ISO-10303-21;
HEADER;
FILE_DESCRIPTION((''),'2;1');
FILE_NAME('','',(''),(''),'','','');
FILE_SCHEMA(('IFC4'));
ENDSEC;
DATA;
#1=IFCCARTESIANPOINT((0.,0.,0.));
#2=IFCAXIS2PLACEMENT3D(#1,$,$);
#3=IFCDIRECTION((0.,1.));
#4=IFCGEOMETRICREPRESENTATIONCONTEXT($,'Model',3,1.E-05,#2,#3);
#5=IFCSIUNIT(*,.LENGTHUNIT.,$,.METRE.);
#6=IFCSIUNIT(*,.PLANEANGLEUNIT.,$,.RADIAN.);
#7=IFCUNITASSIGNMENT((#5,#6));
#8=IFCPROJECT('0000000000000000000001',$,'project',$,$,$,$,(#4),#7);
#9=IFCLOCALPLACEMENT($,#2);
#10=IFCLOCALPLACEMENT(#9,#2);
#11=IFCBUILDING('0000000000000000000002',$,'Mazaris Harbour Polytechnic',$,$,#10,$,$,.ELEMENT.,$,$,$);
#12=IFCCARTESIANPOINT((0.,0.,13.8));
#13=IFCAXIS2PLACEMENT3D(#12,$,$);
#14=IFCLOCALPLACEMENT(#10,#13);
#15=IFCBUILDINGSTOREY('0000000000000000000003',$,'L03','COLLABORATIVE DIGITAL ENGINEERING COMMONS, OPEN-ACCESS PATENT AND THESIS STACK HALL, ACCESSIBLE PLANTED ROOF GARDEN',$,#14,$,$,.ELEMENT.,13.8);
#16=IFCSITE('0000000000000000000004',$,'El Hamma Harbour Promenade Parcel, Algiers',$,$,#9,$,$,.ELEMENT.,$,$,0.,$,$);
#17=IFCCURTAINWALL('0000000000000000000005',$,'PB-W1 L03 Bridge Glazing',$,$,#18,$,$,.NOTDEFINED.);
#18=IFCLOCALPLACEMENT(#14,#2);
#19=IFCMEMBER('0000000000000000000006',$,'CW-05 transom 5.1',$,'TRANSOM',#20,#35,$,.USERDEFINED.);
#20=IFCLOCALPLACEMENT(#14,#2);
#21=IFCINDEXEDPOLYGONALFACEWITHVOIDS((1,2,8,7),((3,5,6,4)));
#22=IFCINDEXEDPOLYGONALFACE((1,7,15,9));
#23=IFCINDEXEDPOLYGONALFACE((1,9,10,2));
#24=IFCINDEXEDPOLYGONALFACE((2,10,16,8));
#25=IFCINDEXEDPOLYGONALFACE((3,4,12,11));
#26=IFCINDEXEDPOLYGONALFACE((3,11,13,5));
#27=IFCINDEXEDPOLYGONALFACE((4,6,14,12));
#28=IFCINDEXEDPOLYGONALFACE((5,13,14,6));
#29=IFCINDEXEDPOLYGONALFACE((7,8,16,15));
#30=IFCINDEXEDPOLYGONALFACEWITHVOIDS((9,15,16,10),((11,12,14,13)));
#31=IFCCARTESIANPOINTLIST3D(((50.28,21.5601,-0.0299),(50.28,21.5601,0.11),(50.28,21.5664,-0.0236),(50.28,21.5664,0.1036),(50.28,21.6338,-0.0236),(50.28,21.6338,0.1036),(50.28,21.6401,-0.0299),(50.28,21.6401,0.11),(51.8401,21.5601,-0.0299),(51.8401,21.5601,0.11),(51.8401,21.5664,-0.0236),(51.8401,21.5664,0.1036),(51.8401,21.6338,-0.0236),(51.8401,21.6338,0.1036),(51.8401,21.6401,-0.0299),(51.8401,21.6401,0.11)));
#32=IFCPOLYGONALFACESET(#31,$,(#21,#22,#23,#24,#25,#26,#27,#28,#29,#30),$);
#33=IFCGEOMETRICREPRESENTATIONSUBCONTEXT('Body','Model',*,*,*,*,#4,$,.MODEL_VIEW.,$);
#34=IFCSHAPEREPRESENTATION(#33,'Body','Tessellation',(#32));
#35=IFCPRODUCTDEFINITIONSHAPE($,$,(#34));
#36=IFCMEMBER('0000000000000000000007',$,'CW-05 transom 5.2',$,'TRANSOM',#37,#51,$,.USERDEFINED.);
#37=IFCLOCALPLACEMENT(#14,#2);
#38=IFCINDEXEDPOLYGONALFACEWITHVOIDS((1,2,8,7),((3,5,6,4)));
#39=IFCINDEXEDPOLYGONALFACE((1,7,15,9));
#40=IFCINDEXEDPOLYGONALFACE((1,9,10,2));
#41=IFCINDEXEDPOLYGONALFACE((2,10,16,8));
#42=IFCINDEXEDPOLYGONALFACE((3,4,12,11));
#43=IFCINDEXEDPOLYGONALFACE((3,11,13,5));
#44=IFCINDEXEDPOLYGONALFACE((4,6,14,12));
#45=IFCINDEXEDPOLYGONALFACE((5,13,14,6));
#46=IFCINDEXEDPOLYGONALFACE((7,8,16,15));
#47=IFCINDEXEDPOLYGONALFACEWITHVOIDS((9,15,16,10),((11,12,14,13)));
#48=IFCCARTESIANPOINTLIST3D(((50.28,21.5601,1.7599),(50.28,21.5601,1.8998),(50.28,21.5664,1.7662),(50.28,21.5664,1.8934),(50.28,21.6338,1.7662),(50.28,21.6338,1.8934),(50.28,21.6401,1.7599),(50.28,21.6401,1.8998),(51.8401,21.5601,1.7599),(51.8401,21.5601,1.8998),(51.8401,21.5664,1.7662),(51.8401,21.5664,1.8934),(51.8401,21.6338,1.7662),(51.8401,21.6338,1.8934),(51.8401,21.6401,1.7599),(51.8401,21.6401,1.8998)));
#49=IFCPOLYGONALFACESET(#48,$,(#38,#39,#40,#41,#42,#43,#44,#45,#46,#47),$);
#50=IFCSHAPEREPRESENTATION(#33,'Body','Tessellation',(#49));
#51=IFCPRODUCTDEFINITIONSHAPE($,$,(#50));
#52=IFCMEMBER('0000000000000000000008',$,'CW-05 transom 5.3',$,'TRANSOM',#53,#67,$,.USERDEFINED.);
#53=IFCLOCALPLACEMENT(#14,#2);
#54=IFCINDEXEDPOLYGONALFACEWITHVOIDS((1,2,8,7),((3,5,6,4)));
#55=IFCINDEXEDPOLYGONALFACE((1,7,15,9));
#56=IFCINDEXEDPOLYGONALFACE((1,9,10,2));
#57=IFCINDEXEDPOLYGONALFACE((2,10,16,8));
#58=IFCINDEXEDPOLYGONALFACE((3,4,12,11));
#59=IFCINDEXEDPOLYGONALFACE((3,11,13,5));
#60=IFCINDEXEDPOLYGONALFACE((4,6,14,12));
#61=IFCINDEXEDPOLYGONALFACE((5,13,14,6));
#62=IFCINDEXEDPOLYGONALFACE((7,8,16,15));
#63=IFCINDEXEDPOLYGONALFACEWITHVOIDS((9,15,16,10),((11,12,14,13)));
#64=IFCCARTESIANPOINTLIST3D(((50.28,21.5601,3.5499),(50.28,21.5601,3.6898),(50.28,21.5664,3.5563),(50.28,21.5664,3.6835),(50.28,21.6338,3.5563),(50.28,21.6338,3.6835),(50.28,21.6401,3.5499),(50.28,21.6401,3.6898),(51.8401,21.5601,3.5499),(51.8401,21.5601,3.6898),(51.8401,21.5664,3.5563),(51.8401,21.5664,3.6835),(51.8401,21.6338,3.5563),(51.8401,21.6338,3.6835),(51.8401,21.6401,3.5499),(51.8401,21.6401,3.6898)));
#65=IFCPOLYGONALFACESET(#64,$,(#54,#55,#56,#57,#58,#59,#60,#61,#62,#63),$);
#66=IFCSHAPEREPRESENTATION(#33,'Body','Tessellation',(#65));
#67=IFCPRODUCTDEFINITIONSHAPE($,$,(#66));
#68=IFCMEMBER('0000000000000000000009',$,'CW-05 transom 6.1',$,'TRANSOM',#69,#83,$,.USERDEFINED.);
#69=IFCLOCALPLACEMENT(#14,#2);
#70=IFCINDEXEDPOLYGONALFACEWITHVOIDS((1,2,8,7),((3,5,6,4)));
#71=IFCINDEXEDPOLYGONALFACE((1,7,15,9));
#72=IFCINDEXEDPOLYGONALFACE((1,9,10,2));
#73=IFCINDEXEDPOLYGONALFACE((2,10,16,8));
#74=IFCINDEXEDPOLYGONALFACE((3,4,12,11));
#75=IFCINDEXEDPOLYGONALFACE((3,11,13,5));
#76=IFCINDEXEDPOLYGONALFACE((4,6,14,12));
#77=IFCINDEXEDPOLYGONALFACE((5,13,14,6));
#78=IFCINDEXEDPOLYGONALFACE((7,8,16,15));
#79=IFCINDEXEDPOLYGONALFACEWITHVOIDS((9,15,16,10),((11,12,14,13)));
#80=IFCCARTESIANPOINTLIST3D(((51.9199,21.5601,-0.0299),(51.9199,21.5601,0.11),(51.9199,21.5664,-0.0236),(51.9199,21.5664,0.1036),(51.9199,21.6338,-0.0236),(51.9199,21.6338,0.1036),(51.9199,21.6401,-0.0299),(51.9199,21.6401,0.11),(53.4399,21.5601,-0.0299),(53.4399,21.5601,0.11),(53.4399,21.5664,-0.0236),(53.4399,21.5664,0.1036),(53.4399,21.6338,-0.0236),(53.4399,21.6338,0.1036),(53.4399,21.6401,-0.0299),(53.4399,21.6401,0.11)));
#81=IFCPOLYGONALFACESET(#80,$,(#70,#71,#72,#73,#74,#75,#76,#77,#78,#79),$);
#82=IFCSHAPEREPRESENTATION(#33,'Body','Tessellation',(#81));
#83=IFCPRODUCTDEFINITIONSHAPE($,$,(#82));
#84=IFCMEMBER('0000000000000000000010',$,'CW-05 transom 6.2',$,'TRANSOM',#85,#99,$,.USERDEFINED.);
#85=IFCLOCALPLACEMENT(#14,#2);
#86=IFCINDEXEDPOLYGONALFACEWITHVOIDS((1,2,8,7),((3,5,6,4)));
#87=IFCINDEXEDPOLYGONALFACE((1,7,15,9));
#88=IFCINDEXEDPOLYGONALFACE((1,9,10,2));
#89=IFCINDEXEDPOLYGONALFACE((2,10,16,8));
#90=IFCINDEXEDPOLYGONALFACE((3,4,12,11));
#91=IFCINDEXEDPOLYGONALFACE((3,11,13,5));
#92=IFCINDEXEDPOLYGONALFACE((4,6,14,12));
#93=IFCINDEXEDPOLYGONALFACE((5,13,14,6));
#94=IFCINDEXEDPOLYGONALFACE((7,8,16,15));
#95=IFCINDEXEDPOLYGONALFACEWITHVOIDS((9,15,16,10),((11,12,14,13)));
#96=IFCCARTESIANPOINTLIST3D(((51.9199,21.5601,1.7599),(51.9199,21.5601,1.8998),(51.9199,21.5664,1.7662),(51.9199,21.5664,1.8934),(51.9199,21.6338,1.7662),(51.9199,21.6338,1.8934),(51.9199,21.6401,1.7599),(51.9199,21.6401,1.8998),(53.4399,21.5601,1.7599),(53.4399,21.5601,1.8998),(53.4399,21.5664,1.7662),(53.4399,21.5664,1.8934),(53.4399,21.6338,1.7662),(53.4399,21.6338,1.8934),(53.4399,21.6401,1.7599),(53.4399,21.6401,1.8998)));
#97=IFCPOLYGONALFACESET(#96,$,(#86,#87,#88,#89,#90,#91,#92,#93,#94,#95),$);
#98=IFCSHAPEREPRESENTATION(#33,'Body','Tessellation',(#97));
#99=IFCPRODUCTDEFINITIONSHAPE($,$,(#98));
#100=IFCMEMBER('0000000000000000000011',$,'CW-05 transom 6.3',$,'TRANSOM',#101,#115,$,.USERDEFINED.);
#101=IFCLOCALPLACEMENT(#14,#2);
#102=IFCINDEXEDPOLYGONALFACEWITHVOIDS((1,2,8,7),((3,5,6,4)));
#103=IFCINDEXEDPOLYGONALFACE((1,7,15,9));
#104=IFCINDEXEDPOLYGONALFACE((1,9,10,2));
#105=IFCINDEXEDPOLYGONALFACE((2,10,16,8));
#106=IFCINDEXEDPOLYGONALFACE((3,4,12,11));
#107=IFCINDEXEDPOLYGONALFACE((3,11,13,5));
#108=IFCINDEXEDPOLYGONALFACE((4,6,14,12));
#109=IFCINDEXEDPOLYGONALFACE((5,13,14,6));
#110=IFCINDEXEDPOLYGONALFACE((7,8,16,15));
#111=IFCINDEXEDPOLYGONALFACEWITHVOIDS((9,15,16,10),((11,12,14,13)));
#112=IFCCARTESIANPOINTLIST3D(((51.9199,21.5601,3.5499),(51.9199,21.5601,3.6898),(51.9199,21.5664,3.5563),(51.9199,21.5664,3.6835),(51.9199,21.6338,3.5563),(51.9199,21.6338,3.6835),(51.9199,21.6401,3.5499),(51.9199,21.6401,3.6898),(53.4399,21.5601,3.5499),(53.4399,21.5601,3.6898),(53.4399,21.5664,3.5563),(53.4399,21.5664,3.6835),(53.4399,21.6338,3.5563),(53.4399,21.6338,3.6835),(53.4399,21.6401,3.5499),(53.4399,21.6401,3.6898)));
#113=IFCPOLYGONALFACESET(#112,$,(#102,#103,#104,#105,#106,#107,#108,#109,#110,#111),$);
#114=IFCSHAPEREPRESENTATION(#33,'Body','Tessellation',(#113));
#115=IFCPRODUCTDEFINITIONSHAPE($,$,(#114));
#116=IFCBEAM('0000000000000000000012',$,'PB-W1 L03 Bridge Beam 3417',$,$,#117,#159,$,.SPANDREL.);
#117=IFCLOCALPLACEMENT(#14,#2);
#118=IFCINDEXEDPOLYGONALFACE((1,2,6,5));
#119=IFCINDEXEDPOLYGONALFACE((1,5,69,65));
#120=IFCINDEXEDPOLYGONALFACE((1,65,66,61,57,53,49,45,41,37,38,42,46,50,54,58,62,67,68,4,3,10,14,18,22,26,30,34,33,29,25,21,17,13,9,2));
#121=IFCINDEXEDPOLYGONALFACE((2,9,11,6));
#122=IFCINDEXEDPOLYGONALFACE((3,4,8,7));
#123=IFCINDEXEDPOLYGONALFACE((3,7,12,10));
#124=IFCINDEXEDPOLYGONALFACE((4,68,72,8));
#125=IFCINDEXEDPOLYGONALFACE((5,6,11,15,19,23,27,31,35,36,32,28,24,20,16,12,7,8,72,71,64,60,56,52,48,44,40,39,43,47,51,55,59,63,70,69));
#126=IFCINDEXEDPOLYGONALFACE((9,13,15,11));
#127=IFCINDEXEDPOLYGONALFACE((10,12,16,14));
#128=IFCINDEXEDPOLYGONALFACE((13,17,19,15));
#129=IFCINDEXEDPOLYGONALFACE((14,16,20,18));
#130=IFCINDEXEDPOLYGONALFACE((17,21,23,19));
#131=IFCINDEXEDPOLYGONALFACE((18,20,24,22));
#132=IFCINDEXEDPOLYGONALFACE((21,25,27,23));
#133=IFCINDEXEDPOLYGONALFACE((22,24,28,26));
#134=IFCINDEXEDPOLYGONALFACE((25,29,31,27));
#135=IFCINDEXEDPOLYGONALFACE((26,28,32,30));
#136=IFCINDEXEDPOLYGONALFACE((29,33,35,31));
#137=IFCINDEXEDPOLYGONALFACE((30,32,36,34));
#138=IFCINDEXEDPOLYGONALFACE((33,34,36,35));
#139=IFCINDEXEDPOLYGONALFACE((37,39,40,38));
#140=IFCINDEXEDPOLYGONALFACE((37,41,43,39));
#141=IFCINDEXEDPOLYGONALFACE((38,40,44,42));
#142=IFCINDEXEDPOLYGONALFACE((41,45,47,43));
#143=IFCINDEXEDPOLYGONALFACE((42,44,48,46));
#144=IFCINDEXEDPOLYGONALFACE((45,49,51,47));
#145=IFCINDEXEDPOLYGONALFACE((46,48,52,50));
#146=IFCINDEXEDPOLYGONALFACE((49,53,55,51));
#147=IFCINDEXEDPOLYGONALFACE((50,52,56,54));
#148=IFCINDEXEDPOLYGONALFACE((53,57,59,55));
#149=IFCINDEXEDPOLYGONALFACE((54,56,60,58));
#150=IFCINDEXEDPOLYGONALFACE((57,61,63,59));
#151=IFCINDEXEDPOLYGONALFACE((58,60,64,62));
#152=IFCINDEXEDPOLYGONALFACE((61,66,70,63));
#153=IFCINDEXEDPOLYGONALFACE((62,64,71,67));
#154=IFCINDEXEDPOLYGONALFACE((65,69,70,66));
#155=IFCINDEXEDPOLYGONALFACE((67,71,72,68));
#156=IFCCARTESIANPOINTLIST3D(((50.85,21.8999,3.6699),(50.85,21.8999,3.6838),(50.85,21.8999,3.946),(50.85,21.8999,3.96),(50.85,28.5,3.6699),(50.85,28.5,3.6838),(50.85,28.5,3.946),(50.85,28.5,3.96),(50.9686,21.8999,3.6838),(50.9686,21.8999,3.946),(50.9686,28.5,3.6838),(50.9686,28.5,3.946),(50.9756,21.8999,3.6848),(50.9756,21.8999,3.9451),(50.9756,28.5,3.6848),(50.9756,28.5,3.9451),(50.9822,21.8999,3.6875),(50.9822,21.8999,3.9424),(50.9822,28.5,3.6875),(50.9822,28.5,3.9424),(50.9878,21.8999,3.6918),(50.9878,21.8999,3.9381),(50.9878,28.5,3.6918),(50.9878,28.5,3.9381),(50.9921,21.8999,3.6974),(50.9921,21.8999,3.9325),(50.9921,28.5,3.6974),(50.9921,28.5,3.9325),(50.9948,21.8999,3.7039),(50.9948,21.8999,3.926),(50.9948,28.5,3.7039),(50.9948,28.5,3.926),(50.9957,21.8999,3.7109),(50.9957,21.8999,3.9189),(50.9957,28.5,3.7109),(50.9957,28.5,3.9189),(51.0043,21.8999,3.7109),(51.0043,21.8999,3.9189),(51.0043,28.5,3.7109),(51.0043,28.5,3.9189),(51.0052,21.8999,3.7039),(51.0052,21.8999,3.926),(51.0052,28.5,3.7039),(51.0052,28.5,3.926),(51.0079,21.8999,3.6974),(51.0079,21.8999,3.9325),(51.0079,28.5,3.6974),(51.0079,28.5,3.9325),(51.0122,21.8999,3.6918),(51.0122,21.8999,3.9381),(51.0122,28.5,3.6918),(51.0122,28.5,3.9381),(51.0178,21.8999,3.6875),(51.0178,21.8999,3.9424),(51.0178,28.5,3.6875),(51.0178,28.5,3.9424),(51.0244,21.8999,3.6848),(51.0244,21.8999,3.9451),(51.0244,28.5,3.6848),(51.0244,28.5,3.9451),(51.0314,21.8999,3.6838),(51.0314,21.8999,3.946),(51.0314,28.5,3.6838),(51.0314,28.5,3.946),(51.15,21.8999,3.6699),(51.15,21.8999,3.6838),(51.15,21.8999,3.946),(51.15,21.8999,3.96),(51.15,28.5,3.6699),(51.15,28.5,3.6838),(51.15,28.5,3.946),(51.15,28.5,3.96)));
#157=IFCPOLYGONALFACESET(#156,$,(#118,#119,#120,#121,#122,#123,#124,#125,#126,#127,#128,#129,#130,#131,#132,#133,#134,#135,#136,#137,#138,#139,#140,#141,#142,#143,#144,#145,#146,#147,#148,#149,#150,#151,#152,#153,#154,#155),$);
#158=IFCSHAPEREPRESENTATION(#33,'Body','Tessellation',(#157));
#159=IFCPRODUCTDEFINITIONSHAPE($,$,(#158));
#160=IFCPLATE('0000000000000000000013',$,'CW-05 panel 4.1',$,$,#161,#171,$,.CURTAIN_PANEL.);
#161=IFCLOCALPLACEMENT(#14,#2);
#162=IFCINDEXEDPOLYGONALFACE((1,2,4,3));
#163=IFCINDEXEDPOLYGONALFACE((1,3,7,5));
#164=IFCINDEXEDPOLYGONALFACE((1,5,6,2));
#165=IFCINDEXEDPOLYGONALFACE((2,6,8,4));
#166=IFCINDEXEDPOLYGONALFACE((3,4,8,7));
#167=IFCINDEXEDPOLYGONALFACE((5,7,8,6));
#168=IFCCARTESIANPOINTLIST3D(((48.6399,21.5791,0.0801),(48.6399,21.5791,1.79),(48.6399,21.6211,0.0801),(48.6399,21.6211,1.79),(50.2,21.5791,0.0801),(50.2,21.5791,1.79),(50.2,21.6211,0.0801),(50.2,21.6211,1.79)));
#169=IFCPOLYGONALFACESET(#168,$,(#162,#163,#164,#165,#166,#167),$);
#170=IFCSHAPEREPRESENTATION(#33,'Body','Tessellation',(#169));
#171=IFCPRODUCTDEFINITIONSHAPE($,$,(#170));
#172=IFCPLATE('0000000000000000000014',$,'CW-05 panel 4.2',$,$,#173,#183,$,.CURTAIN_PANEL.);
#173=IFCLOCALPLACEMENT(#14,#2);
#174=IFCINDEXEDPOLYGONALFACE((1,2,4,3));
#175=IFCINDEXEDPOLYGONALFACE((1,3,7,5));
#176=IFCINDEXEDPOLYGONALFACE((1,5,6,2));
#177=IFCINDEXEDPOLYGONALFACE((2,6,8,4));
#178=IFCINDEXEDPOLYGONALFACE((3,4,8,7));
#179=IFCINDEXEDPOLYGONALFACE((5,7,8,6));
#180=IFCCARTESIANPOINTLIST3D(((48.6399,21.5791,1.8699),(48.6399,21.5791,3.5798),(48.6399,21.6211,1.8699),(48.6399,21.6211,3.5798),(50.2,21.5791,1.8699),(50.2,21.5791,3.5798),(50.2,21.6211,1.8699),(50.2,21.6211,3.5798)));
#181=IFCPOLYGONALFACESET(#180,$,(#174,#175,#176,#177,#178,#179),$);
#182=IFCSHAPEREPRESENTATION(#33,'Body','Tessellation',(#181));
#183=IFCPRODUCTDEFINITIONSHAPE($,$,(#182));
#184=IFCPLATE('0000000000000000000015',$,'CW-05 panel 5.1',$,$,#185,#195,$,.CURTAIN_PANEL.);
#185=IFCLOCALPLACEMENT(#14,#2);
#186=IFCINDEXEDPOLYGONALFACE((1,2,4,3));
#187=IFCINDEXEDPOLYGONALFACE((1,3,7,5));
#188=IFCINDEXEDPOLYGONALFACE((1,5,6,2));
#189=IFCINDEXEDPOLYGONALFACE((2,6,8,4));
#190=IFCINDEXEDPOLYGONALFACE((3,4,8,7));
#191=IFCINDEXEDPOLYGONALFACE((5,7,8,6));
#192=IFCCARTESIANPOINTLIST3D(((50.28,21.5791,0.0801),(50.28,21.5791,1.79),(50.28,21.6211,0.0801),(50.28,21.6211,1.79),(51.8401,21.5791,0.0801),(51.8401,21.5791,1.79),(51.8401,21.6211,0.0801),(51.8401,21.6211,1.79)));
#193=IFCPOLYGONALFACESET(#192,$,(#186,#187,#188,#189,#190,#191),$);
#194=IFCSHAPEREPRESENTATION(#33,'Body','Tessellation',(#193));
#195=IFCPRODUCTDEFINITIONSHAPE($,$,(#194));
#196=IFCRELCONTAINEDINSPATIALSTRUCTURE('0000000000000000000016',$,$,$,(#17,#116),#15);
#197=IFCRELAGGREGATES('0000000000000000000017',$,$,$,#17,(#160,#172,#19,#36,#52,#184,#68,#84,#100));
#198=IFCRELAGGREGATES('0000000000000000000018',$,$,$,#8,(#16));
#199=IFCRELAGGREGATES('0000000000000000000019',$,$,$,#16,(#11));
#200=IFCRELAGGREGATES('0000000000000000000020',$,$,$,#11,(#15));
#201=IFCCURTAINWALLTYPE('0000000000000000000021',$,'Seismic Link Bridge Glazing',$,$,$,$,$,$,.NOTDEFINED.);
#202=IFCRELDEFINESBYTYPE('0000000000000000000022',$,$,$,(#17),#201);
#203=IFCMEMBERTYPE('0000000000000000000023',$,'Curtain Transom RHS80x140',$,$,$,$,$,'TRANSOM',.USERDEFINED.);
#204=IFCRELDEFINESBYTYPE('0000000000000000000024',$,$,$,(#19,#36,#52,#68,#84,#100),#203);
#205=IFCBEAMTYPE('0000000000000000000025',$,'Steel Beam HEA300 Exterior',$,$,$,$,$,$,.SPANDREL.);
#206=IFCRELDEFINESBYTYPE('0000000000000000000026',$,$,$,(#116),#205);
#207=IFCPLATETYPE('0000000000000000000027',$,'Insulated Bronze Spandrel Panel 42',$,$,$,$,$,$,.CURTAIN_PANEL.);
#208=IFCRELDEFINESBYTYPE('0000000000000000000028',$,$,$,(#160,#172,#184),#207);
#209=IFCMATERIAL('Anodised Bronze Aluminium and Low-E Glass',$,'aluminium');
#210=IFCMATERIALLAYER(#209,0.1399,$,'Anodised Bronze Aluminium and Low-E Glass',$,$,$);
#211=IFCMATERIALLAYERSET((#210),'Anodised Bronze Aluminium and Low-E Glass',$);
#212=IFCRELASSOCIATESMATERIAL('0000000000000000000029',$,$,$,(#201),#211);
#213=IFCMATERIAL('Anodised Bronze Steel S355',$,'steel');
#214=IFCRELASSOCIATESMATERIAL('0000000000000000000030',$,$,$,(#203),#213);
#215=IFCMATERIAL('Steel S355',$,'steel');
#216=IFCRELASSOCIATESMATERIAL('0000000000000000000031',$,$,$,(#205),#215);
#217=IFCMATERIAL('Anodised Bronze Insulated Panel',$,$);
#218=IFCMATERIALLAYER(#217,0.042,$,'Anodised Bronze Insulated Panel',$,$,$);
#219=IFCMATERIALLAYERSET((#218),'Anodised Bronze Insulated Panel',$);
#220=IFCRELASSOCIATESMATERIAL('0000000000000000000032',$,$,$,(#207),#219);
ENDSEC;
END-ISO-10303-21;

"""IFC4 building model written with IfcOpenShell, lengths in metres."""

from ifc_helpers import new_model, si_unit, direction, frame, origin, origin_2d, place, context, subcontext, project, spatial, rectangle, hollow_rectangle, i_section, extrude, material, layer, layer_set, material_profile, profile_set, type_object, element, aggregate, save


model = new_model("IFC4")

# Units and contexts
model_context = context("Model", 3, precision=1e-05, world=origin(), true_north=direction((0.0, 1.0)))
body_context = subcontext(model_context, "Body", "Model", "MODEL_VIEW")
ifc_project = project(units=[si_unit("LENGTHUNIT", "METRE"), si_unit("PLANEANGLEUNIT", "RADIAN")], contexts=[model_context])

# Site, building, storey
site_placement = place(None, origin())
site = spatial("IfcSite", under=ifc_project, at=site_placement, Name="El Hamma Harbour Promenade Parcel, Algiers", CompositionType="ELEMENT", RefElevation=0.0)
building_placement = place(site_placement, origin())
building = spatial("IfcBuilding", under=site, at=building_placement, Name="Mazaris Harbour Polytechnic", CompositionType="ELEMENT")
storey_placement = place(building_placement, frame((0.0, 0.0, 13.8)))
storey = spatial("IfcBuildingStorey", under=building, at=storey_placement, Name="L03", Description="COLLABORATIVE DIGITAL ENGINEERING COMMONS, OPEN-ACCESS PATENT AND THESIS STACK HALL, ACCESSIBLE PLANTED ROOF GARDEN", CompositionType="ELEMENT", Elevation=13.8)

# Curtain wall, members
ifc_material_1 = material(Name="Anodised Bronze Aluminium and Low-E Glass", Category="aluminium")
ifc_layer_1 = layer(ifc_material_1, 0.1399, Name="Anodised Bronze Aluminium and Low-E Glass")
ifc_layer_set_1 = layer_set([ifc_layer_1], Name="Anodised Bronze Aluminium and Low-E Glass")
curtain_wall_type = type_object("IfcCurtainWallType", Name="Seismic Link Bridge Glazing", PredefinedType="NOTDEFINED", material=ifc_layer_set_1)
curtain_wall_placement = place(storey_placement, origin())
curtain_wall = element("IfcCurtainWall", 1, at=curtain_wall_placement, inside=storey, type_object=curtain_wall_type, Name="PB-W1 L03 Bridge Glazing", PredefinedType="NOTDEFINED")
ifc_material_2 = material(Name="Anodised Bronze Steel S355", Category="steel")
ifc_material_profile_1 = material_profile(ifc_material_2, hollow_rectangle(XDim=0.0801, YDim=0.1399, WallThickness=0.0063, at=origin_2d()), Name="RHS 80x140x6.3")
ifc_profile_set_1 = profile_set([ifc_material_profile_1], Name="Anodised Bronze Steel S355")
member_type_1 = type_object("IfcMemberType", Name="Curtain Transom RHS80x140", ElementType="TRANSOM", PredefinedType="USERDEFINED", material=ifc_profile_set_1)
member_1_placement = place(storey_placement, frame((50.28, 21.6001, 0.04), z_axis=(1.0, 0.0, 0.0), x_axis=(0.0, 1.0, 0.0)))
member_1 = element("IfcMember", 2, at=member_1_placement, type_object=member_type_1, Name="CW-05 transom 5.1", ObjectType="TRANSOM", PredefinedType="USERDEFINED", context=body_context, shape_type="SweptSolid", body=[
    extrude(hollow_rectangle(XDim=0.0801, YDim=0.1399, WallThickness=0.0063, at=origin_2d()), origin(), (0.0, 0.0, 1.0), 1.5601),
])
member_2_placement = place(storey_placement, frame((50.28, 21.6001, 1.8298), z_axis=(1.0, 0.0, 0.0), x_axis=(0.0, 1.0, 0.0)))
member_2 = element("IfcMember", 3, at=member_2_placement, type_object=member_type_1, Name="CW-05 transom 5.2", ObjectType="TRANSOM", PredefinedType="USERDEFINED", context=body_context, shape_type="SweptSolid", body=[
    extrude(hollow_rectangle(XDim=0.0801, YDim=0.1399, WallThickness=0.0063, at=origin_2d()), origin(), (0.0, 0.0, 1.0), 1.5601),
])
member_3_placement = place(storey_placement, frame((50.28, 21.6001, 3.6199), z_axis=(1.0, 0.0, 0.0), x_axis=(0.0, 1.0, 0.0)))
member_3 = element("IfcMember", 4, at=member_3_placement, type_object=member_type_1, Name="CW-05 transom 5.3", ObjectType="TRANSOM", PredefinedType="USERDEFINED", context=body_context, shape_type="SweptSolid", body=[
    extrude(hollow_rectangle(XDim=0.0801, YDim=0.1399, WallThickness=0.0063, at=origin_2d()), origin(), (0.0, 0.0, 1.0), 1.5601),
])
member_4_placement = place(storey_placement, frame((51.9199, 21.6001, 0.04), z_axis=(1.0, 0.0, 0.0), x_axis=(0.0, 1.0, 0.0)))
member_4 = element("IfcMember", 5, at=member_4_placement, type_object=member_type_1, Name="CW-05 transom 6.1", ObjectType="TRANSOM", PredefinedType="USERDEFINED", context=body_context, shape_type="SweptSolid", body=[
    extrude(hollow_rectangle(XDim=0.0801, YDim=0.1399, WallThickness=0.0063, at=origin_2d()), origin(), (0.0, 0.0, 1.0), 1.52),
])
member_5_placement = place(storey_placement, frame((51.9199, 21.6001, 1.8298), z_axis=(1.0, 0.0, 0.0), x_axis=(0.0, 1.0, 0.0)))
member_5 = element("IfcMember", 6, at=member_5_placement, type_object=member_type_1, Name="CW-05 transom 6.2", ObjectType="TRANSOM", PredefinedType="USERDEFINED", context=body_context, shape_type="SweptSolid", body=[
    extrude(hollow_rectangle(XDim=0.0801, YDim=0.1399, WallThickness=0.0063, at=origin_2d()), origin(), (0.0, 0.0, 1.0), 1.52),
])
member_6_placement = place(storey_placement, frame((51.9199, 21.6001, 3.6199), z_axis=(1.0, 0.0, 0.0), x_axis=(0.0, 1.0, 0.0)))
member_6 = element("IfcMember", 7, at=member_6_placement, type_object=member_type_1, Name="CW-05 transom 6.3", ObjectType="TRANSOM", PredefinedType="USERDEFINED", context=body_context, shape_type="SweptSolid", body=[
    extrude(hollow_rectangle(XDim=0.0801, YDim=0.1399, WallThickness=0.0063, at=origin_2d()), origin(), (0.0, 0.0, 1.0), 1.52),
])

# Beam
ifc_material_3 = material(Name="Steel S355", Category="steel")
ifc_material_profile_2 = material_profile(ifc_material_3, i_section(OverallWidth=0.3, OverallDepth=0.29, WebThickness=0.0085, FlangeThickness=0.0139, FilletRadius=0.0271, at=origin_2d()), Name="HEA 300")
ifc_profile_set_2 = profile_set([ifc_material_profile_2], Name="Steel S355")
beam_type = type_object("IfcBeamType", Name="Steel Beam HEA300 Exterior", PredefinedType="SPANDREL", material=ifc_profile_set_2)
beam_placement = place(storey_placement, frame((51.0, 21.8999, 3.8149), z_axis=(0.0, 1.0, 0.0), x_axis=(-1.0, 0.0, 0.0)))
element("IfcBeam", 8, at=beam_placement, inside=storey, type_object=beam_type, Name="PB-W1 L03 Bridge Beam 3417", PredefinedType="SPANDREL", context=body_context, shape_type="SweptSolid", body=[
    extrude(i_section(OverallWidth=0.3, OverallDepth=0.29, WebThickness=0.0085, FlangeThickness=0.0139, FilletRadius=0.0271, at=origin_2d()), origin(), (0.0, 0.0, 1.0), 6.6001),
])

# Plates
ifc_material_4 = material(Name="Anodised Bronze Insulated Panel")
ifc_layer_2 = layer(ifc_material_4, 0.042, Name="Anodised Bronze Insulated Panel")
ifc_layer_set_2 = layer_set([ifc_layer_2], Name="Anodised Bronze Insulated Panel")
plate_type = type_object("IfcPlateType", Name="Insulated Bronze Spandrel Panel 42", PredefinedType="CURTAIN_PANEL", material=ifc_layer_set_2)
plate_1_placement = place(storey_placement, frame((49.4199, 21.6001, 0.0801), z_axis=(0.0, 0.0, 1.0), x_axis=(1.0, 0.0, 0.0)))
plate_1 = element("IfcPlate", 9, at=plate_1_placement, type_object=plate_type, Name="CW-05 panel 4.1", PredefinedType="CURTAIN_PANEL", context=body_context, shape_type="SweptSolid", body=[
    extrude(rectangle(XDim=1.5601, YDim=0.042, at=origin_2d()), origin(), (0.0, 0.0, 1.0), 1.71),
])
plate_2_placement = place(storey_placement, frame((49.4199, 21.6001, 1.8699), z_axis=(0.0, 0.0, 1.0), x_axis=(1.0, 0.0, 0.0)))
plate_2 = element("IfcPlate", 10, at=plate_2_placement, type_object=plate_type, Name="CW-05 panel 4.2", PredefinedType="CURTAIN_PANEL", context=body_context, shape_type="SweptSolid", body=[
    extrude(rectangle(XDim=1.5601, YDim=0.042, at=origin_2d()), origin(), (0.0, 0.0, 1.0), 1.71),
])
plate_3_placement = place(storey_placement, frame((51.0601, 21.6001, 0.0801), z_axis=(0.0, 0.0, 1.0), x_axis=(1.0, 0.0, 0.0)))
plate_3 = element("IfcPlate", 11, at=plate_3_placement, type_object=plate_type, Name="CW-05 panel 5.1", PredefinedType="CURTAIN_PANEL", context=body_context, shape_type="SweptSolid", body=[
    extrude(rectangle(XDim=1.5601, YDim=0.042, at=origin_2d()), origin(), (0.0, 0.0, 1.0), 1.71),
])
aggregate(curtain_wall, [plate_1, plate_2, member_1, member_2, member_3, plate_3, member_4, member_5, member_6])

save(model, "model.ifc")
